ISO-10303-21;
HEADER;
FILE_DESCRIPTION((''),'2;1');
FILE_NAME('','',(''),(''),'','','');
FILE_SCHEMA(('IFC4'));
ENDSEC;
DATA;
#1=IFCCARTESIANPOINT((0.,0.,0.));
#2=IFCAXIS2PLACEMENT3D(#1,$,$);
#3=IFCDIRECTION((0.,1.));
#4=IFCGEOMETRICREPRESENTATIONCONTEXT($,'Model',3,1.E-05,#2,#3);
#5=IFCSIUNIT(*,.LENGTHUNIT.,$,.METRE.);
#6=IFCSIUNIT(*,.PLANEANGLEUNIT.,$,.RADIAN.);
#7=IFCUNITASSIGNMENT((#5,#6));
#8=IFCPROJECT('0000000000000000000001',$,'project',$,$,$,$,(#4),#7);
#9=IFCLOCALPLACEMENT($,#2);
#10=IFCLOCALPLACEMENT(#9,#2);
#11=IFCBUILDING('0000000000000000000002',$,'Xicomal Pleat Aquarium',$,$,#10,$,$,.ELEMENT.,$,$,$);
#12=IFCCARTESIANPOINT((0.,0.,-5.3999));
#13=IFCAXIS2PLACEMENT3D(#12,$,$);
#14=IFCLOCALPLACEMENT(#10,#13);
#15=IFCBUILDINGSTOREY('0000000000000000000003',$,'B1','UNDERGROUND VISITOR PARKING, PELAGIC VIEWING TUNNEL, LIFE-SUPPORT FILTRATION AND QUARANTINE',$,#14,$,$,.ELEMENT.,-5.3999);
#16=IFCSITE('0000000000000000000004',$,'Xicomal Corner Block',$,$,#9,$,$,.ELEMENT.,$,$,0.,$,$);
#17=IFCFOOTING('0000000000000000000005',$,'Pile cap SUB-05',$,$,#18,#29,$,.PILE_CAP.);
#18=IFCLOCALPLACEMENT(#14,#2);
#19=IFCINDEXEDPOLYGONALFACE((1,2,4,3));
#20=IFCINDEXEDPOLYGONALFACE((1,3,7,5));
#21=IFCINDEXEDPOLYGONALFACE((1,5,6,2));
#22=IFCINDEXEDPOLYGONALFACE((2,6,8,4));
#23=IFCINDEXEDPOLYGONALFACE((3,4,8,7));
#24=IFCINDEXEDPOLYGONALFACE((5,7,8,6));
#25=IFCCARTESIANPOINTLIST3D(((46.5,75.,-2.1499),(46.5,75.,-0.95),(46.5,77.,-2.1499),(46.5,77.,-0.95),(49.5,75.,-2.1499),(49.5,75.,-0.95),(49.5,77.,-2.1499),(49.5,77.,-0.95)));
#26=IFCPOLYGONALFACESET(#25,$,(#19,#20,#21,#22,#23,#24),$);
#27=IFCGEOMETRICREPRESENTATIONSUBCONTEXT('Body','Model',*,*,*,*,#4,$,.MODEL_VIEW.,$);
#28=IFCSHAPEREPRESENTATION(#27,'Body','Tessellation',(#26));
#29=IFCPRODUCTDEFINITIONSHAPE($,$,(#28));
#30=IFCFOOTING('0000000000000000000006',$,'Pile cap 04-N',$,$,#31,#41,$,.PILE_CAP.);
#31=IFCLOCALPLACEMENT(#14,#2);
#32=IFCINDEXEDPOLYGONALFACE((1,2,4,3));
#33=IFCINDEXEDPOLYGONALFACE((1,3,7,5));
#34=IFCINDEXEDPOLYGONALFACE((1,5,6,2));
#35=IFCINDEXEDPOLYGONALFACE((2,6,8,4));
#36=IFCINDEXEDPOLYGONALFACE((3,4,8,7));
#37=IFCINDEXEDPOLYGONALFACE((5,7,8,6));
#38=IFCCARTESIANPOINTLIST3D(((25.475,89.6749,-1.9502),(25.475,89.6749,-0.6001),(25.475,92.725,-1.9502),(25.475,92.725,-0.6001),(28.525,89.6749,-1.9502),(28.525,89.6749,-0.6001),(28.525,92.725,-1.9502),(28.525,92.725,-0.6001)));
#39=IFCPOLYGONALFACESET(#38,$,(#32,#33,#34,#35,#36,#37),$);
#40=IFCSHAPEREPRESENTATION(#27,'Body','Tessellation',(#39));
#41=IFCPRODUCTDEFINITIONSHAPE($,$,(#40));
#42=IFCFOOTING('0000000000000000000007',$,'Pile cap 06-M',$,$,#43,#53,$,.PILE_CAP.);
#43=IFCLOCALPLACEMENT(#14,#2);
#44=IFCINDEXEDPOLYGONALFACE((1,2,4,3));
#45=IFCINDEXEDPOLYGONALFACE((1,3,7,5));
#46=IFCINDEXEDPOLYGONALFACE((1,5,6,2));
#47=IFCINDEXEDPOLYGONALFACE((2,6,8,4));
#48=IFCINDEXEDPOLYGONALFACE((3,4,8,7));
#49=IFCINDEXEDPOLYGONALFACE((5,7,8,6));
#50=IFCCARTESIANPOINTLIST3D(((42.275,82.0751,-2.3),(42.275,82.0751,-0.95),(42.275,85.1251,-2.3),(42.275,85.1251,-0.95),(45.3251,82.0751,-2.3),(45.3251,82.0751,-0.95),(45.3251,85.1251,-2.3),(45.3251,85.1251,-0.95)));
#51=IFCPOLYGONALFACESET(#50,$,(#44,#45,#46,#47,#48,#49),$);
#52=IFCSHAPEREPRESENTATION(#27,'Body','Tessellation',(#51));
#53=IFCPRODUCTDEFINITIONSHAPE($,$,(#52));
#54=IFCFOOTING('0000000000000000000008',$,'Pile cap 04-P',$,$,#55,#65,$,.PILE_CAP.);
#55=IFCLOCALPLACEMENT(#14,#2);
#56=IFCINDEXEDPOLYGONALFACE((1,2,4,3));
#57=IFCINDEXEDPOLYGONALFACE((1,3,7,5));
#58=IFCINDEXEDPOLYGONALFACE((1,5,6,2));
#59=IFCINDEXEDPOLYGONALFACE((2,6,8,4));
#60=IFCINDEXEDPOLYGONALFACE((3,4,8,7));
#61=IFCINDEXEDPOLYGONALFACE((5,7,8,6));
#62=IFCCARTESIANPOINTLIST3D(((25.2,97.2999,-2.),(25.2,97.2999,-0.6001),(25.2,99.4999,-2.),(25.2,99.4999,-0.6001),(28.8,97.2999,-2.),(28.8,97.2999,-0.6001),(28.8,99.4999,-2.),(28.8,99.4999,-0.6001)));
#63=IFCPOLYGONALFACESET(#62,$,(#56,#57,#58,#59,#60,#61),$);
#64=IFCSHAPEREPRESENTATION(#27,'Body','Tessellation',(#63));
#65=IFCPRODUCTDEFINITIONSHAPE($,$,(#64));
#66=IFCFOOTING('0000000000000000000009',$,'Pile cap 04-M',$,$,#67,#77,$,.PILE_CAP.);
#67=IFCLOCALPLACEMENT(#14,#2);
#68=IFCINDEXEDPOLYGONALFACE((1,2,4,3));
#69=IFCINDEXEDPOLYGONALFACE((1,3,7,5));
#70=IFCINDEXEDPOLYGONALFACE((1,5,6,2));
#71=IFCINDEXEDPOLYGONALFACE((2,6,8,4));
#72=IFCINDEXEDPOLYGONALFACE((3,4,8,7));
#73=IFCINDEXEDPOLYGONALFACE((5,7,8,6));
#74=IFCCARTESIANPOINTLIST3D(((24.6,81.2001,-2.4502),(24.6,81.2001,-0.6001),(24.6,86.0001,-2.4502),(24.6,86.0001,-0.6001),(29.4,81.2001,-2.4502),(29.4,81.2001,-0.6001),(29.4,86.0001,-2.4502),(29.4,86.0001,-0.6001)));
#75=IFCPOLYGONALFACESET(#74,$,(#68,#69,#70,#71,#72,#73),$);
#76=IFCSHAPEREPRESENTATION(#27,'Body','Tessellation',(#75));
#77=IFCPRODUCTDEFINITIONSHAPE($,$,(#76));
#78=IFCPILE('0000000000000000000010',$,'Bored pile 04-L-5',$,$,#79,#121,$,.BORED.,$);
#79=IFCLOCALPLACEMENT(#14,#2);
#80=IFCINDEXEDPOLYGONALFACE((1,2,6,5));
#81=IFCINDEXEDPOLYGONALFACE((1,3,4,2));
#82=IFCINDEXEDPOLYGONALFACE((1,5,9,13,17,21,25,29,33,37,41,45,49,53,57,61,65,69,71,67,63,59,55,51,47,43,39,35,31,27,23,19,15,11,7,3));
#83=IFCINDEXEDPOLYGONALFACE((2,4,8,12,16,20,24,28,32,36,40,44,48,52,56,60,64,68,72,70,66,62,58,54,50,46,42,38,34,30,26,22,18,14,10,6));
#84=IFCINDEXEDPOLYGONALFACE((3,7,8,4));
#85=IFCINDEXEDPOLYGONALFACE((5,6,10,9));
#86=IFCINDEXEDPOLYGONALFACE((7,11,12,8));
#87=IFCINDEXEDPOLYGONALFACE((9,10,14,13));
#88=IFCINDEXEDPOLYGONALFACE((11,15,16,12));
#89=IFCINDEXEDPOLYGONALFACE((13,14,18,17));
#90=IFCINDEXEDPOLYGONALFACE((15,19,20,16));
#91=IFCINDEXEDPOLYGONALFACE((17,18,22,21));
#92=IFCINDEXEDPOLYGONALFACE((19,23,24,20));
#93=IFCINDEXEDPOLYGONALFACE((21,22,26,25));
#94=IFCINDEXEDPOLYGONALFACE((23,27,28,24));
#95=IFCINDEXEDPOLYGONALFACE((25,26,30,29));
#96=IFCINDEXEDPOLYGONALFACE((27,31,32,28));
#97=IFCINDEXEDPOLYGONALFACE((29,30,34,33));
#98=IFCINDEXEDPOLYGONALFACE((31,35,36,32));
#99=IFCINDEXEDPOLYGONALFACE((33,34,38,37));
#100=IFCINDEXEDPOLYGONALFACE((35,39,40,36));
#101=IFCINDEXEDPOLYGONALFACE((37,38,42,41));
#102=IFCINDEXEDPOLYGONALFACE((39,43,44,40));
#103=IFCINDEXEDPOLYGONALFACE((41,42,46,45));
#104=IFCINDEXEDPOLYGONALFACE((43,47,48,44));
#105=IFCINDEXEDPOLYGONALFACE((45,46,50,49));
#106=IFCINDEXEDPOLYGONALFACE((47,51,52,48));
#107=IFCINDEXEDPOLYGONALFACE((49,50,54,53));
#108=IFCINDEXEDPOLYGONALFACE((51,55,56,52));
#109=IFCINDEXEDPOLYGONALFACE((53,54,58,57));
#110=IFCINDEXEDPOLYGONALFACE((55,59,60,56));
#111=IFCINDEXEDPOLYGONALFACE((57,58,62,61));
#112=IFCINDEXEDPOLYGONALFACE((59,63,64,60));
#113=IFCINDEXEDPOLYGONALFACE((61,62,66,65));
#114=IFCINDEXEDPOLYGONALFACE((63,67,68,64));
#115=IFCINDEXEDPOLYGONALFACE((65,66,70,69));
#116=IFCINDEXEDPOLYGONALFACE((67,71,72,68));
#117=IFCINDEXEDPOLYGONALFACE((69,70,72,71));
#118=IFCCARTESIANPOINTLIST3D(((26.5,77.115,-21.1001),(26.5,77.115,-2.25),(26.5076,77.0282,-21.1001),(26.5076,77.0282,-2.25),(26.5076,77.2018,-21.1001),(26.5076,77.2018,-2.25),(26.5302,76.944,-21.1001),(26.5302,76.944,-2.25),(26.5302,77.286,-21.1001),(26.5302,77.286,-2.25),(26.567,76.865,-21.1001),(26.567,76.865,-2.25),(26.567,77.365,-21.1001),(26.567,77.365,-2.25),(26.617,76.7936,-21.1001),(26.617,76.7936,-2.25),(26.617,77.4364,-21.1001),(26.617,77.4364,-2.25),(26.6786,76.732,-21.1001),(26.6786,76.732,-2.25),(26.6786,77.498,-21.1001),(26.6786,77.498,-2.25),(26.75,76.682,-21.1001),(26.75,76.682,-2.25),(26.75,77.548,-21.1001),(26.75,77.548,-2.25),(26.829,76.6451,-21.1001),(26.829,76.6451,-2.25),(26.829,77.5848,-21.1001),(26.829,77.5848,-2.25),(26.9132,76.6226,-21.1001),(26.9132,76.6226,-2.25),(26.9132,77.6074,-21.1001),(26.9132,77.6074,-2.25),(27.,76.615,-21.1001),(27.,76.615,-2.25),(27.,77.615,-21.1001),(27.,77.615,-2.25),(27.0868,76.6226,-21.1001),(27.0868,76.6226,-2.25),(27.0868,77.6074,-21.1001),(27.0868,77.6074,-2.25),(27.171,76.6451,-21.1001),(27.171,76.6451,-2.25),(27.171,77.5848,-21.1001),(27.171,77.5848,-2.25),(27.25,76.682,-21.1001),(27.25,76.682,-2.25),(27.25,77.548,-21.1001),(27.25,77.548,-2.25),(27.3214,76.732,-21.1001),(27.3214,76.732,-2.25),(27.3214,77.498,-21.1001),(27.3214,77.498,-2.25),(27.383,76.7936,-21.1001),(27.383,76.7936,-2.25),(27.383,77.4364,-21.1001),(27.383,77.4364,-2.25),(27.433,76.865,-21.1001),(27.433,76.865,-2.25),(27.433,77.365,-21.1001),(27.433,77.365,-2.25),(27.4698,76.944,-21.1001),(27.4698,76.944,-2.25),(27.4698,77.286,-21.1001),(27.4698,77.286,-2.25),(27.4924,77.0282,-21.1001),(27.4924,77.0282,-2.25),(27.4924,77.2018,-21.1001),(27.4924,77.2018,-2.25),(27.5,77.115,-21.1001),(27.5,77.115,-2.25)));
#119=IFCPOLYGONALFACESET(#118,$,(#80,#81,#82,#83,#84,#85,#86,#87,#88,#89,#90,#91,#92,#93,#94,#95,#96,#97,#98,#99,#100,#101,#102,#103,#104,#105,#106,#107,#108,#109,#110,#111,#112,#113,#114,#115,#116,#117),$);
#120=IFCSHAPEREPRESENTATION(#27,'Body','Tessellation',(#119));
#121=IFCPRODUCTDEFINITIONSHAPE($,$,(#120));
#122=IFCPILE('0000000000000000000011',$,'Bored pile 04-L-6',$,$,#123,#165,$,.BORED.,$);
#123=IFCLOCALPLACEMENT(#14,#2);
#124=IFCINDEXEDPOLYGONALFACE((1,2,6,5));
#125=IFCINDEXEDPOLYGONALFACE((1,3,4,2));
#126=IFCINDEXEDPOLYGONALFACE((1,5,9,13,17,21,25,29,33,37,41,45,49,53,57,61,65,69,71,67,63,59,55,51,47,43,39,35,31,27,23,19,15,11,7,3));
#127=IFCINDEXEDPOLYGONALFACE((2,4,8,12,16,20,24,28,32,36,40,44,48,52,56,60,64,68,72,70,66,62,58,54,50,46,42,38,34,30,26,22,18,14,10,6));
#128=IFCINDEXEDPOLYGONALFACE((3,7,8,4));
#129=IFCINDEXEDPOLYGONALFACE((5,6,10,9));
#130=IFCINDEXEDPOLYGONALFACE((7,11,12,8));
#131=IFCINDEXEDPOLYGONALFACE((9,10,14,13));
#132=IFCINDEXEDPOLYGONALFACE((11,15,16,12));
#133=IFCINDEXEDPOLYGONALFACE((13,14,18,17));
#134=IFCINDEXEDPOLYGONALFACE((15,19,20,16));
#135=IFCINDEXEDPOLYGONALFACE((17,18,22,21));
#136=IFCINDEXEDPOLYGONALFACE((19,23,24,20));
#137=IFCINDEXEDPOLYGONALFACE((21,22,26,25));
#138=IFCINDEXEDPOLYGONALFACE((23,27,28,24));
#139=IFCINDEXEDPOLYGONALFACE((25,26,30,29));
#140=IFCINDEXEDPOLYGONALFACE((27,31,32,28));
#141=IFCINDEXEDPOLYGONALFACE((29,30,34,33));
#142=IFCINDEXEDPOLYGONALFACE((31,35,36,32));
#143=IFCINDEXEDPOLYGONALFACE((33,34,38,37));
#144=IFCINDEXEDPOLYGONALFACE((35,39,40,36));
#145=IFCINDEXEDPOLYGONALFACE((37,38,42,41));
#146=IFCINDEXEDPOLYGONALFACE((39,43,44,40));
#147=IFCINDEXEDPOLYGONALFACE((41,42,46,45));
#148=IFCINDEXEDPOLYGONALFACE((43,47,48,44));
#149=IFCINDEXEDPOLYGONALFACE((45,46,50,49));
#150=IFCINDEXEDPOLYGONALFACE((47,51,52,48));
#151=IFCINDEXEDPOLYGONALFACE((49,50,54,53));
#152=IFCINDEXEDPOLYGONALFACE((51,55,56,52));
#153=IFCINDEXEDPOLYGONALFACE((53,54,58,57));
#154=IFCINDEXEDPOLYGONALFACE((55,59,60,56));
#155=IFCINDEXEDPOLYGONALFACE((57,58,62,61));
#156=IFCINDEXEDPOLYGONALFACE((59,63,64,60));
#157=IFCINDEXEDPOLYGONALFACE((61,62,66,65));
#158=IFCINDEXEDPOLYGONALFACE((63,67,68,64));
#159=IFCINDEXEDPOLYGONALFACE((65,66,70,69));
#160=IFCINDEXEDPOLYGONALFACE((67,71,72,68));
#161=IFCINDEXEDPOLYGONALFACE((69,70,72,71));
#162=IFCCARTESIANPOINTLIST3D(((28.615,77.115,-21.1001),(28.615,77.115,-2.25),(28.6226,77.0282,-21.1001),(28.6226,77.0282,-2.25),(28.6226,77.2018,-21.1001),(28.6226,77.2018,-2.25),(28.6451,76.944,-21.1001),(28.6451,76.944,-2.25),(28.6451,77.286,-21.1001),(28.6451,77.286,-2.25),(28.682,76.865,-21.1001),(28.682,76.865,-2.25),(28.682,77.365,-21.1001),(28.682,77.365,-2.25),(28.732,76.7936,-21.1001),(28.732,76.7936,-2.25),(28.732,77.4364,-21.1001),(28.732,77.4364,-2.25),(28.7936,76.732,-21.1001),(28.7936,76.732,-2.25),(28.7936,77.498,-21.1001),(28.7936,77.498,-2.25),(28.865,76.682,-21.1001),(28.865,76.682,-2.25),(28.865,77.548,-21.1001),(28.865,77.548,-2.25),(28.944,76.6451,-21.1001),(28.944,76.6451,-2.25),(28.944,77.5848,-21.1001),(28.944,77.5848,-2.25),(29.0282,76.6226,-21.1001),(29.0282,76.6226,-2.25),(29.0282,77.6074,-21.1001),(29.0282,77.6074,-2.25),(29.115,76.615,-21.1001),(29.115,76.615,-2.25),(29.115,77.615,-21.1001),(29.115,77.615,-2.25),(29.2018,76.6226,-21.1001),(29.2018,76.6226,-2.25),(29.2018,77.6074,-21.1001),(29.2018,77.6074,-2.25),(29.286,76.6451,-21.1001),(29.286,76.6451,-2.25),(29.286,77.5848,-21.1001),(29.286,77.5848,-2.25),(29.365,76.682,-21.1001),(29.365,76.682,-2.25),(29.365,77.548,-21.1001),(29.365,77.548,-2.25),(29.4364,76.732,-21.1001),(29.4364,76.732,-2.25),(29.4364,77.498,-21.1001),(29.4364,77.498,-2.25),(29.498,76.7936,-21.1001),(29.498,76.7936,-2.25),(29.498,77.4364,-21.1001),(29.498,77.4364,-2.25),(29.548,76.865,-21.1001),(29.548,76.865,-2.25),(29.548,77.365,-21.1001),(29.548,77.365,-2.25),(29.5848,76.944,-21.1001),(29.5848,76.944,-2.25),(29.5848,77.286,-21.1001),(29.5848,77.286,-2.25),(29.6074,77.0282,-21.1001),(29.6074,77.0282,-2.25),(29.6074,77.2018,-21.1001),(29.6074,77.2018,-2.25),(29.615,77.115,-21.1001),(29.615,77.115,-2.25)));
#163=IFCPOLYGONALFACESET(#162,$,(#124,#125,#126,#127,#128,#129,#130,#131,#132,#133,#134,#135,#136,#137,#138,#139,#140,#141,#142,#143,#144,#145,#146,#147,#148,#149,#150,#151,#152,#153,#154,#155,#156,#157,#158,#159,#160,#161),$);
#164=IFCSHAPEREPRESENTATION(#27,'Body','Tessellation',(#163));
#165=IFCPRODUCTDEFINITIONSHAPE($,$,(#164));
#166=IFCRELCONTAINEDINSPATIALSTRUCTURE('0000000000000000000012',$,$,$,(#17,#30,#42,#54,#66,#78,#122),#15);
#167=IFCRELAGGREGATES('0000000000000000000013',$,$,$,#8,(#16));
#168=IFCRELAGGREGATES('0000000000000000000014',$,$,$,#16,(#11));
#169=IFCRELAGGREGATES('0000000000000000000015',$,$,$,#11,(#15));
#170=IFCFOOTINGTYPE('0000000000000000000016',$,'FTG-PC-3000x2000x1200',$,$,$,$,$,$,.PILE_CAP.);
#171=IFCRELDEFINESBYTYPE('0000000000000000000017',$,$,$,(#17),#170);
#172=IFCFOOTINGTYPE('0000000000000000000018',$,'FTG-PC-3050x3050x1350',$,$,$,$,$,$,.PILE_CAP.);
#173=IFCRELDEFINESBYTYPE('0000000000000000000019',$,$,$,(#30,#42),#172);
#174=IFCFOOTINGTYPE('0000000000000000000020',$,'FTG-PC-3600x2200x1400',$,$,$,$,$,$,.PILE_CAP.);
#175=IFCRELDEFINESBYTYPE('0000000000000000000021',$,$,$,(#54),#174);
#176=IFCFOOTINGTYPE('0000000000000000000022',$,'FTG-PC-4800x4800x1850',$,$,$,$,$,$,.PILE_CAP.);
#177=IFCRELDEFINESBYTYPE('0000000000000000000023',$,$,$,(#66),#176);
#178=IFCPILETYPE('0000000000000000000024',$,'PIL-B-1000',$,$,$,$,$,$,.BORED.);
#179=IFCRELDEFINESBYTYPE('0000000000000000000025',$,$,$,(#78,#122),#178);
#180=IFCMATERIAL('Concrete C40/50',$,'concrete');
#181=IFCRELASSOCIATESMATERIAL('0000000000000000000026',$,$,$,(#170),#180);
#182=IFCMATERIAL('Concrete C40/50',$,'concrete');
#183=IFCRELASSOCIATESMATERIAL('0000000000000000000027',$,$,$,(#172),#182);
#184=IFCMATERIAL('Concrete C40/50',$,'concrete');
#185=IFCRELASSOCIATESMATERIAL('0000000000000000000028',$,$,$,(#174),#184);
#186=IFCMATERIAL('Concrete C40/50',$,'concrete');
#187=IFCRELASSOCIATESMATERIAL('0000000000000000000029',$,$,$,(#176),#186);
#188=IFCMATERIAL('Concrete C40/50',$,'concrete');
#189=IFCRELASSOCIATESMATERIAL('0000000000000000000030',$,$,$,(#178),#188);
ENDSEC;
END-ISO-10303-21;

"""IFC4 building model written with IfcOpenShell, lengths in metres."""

from ifc_helpers import new_model, si_unit, direction, frame, origin, origin_2d, place, context, subcontext, project, spatial, rectangle, circle, extrude, material, material_profile, profile_set, type_object, element, save


model = new_model("IFC4")

# Units and contexts
model_context = context("Model", 3, precision=1e-05, world=origin(), true_north=direction((0.0, 1.0)))
body_context = subcontext(model_context, "Body", "Model", "MODEL_VIEW")
ifc_project = project(units=[si_unit("LENGTHUNIT", "METRE"), si_unit("PLANEANGLEUNIT", "RADIAN")], contexts=[model_context])

# Site, building, storey
site_placement = place(None, origin())
site = spatial("IfcSite", under=ifc_project, at=site_placement, Name="Xicomal Corner Block", CompositionType="ELEMENT", RefElevation=0.0)
building_placement = place(site_placement, origin())
building = spatial("IfcBuilding", under=site, at=building_placement, Name="Xicomal Pleat Aquarium", CompositionType="ELEMENT")
storey_placement = place(building_placement, frame((0.0, 0.0, -5.3999)))
storey = spatial("IfcBuildingStorey", under=building, at=storey_placement, Name="B1", Description="UNDERGROUND VISITOR PARKING, PELAGIC VIEWING TUNNEL, LIFE-SUPPORT FILTRATION AND QUARANTINE", CompositionType="ELEMENT", Elevation=-5.3999)

# Footings
ifc_material_1 = material(Name="Concrete C40/50", Category="concrete")
footing_type_1 = type_object("IfcFootingType", Name="FTG-PC-3000x2000x1200", PredefinedType="PILE_CAP", material=ifc_material_1)
footing_1_placement = place(storey_placement, frame((48.0, 76.0, -2.1499), z_axis=(0.0, 0.0, 1.0), x_axis=(1.0, 0.0, 0.0)))
element("IfcFooting", 1, at=footing_1_placement, inside=storey, type_object=footing_type_1, Name="Pile cap SUB-05", PredefinedType="PILE_CAP", context=body_context, shape_type="SweptSolid", body=[
    extrude(rectangle(XDim=3.0, YDim=2.0, at=origin_2d()), origin(), (0.0, 0.0, 1.0), 1.2),
])
ifc_material_2 = material(Name="Concrete C40/50", Category="concrete")
footing_type_2 = type_object("IfcFootingType", Name="FTG-PC-3050x3050x1350", PredefinedType="PILE_CAP", material=ifc_material_2)
for number, where, z_axis, x_axis, name in (
    (2, (27.0, 91.2, -1.9502), (0.0, 0.0, 1.0), (1.0, 0.0, 0.0), "Pile cap 04-N"),
    (3, (43.8, 83.6001, -2.3), (0.0, 0.0, 1.0), (1.0, 0.0, 0.0), "Pile cap 06-M"),
):
    element("IfcFooting", number, at=place(storey_placement, frame(where, z_axis=z_axis, x_axis=x_axis)), inside=storey, type_object=footing_type_2, Name=name, PredefinedType="PILE_CAP", context=body_context, shape_type="SweptSolid", body=[
        extrude(rectangle(XDim=3.05, YDim=3.05, at=origin_2d()), origin(), (0.0, 0.0, 1.0), 1.3501),
    ])
ifc_material_3 = material(Name="Concrete C40/50", Category="concrete")
footing_type_3 = type_object("IfcFootingType", Name="FTG-PC-3600x2200x1400", PredefinedType="PILE_CAP", material=ifc_material_3)
footing_2_placement = place(storey_placement, frame((27.0, 98.3999, -2.0), z_axis=(0.0, 0.0, 1.0), x_axis=(1.0, 0.0, 0.0)))
element("IfcFooting", 4, at=footing_2_placement, inside=storey, type_object=footing_type_3, Name="Pile cap 04-P", PredefinedType="PILE_CAP", context=body_context, shape_type="SweptSolid", body=[
    extrude(rectangle(XDim=3.6001, YDim=2.2, at=origin_2d()), origin(), (0.0, 0.0, 1.0), 1.3999),
])
ifc_material_4 = material(Name="Concrete C40/50", Category="concrete")
footing_type_4 = type_object("IfcFootingType", Name="FTG-PC-4800x4800x1850", PredefinedType="PILE_CAP", material=ifc_material_4)
footing_3_placement = place(storey_placement, frame((27.0, 83.6001, -2.4502), z_axis=(0.0, 0.0, 1.0), x_axis=(1.0, 0.0, 0.0)))
element("IfcFooting", 5, at=footing_3_placement, inside=storey, type_object=footing_type_4, Name="Pile cap 04-M", PredefinedType="PILE_CAP", context=body_context, shape_type="SweptSolid", body=[
    extrude(rectangle(XDim=4.8, YDim=4.8, at=origin_2d()), origin(), (0.0, 0.0, 1.0), 1.8501),
])

# Piles
ifc_material_5 = material(Name="Concrete C40/50", Category="concrete")
ifc_material_profile_1 = material_profile(ifc_material_5, circle(Radius=0.5, at=origin_2d()), Name="BORED PILE D1000")
ifc_profile_set_1 = profile_set([ifc_material_profile_1], Name="Concrete C40/50")
pile_type_1 = type_object("IfcPileType", Name="PIL-B-1000", PredefinedType="BORED", material=ifc_profile_set_1)
for number, where, z_axis, x_axis, name in (
    (6, (27.0, 77.115, -2.25), (0.0, 0.0, -1.0), (1.0, 0.0, 0.0), "Bored pile 04-L-5"),
    (7, (29.115, 77.115, -2.25), (0.0, 0.0, -1.0), (1.0, 0.0, 0.0), "Bored pile 04-L-6"),
):
    element("IfcPile", number, at=place(storey_placement, frame(where, z_axis=z_axis, x_axis=x_axis)), inside=storey, type_object=pile_type_1, Name=name, PredefinedType="BORED", context=body_context, shape_type="SweptSolid", body=[
        extrude(circle(Radius=0.5, at=origin_2d()), origin(), (0.0, 0.0, 1.0), 18.8501),
    ])

save(model, "model.ifc")
